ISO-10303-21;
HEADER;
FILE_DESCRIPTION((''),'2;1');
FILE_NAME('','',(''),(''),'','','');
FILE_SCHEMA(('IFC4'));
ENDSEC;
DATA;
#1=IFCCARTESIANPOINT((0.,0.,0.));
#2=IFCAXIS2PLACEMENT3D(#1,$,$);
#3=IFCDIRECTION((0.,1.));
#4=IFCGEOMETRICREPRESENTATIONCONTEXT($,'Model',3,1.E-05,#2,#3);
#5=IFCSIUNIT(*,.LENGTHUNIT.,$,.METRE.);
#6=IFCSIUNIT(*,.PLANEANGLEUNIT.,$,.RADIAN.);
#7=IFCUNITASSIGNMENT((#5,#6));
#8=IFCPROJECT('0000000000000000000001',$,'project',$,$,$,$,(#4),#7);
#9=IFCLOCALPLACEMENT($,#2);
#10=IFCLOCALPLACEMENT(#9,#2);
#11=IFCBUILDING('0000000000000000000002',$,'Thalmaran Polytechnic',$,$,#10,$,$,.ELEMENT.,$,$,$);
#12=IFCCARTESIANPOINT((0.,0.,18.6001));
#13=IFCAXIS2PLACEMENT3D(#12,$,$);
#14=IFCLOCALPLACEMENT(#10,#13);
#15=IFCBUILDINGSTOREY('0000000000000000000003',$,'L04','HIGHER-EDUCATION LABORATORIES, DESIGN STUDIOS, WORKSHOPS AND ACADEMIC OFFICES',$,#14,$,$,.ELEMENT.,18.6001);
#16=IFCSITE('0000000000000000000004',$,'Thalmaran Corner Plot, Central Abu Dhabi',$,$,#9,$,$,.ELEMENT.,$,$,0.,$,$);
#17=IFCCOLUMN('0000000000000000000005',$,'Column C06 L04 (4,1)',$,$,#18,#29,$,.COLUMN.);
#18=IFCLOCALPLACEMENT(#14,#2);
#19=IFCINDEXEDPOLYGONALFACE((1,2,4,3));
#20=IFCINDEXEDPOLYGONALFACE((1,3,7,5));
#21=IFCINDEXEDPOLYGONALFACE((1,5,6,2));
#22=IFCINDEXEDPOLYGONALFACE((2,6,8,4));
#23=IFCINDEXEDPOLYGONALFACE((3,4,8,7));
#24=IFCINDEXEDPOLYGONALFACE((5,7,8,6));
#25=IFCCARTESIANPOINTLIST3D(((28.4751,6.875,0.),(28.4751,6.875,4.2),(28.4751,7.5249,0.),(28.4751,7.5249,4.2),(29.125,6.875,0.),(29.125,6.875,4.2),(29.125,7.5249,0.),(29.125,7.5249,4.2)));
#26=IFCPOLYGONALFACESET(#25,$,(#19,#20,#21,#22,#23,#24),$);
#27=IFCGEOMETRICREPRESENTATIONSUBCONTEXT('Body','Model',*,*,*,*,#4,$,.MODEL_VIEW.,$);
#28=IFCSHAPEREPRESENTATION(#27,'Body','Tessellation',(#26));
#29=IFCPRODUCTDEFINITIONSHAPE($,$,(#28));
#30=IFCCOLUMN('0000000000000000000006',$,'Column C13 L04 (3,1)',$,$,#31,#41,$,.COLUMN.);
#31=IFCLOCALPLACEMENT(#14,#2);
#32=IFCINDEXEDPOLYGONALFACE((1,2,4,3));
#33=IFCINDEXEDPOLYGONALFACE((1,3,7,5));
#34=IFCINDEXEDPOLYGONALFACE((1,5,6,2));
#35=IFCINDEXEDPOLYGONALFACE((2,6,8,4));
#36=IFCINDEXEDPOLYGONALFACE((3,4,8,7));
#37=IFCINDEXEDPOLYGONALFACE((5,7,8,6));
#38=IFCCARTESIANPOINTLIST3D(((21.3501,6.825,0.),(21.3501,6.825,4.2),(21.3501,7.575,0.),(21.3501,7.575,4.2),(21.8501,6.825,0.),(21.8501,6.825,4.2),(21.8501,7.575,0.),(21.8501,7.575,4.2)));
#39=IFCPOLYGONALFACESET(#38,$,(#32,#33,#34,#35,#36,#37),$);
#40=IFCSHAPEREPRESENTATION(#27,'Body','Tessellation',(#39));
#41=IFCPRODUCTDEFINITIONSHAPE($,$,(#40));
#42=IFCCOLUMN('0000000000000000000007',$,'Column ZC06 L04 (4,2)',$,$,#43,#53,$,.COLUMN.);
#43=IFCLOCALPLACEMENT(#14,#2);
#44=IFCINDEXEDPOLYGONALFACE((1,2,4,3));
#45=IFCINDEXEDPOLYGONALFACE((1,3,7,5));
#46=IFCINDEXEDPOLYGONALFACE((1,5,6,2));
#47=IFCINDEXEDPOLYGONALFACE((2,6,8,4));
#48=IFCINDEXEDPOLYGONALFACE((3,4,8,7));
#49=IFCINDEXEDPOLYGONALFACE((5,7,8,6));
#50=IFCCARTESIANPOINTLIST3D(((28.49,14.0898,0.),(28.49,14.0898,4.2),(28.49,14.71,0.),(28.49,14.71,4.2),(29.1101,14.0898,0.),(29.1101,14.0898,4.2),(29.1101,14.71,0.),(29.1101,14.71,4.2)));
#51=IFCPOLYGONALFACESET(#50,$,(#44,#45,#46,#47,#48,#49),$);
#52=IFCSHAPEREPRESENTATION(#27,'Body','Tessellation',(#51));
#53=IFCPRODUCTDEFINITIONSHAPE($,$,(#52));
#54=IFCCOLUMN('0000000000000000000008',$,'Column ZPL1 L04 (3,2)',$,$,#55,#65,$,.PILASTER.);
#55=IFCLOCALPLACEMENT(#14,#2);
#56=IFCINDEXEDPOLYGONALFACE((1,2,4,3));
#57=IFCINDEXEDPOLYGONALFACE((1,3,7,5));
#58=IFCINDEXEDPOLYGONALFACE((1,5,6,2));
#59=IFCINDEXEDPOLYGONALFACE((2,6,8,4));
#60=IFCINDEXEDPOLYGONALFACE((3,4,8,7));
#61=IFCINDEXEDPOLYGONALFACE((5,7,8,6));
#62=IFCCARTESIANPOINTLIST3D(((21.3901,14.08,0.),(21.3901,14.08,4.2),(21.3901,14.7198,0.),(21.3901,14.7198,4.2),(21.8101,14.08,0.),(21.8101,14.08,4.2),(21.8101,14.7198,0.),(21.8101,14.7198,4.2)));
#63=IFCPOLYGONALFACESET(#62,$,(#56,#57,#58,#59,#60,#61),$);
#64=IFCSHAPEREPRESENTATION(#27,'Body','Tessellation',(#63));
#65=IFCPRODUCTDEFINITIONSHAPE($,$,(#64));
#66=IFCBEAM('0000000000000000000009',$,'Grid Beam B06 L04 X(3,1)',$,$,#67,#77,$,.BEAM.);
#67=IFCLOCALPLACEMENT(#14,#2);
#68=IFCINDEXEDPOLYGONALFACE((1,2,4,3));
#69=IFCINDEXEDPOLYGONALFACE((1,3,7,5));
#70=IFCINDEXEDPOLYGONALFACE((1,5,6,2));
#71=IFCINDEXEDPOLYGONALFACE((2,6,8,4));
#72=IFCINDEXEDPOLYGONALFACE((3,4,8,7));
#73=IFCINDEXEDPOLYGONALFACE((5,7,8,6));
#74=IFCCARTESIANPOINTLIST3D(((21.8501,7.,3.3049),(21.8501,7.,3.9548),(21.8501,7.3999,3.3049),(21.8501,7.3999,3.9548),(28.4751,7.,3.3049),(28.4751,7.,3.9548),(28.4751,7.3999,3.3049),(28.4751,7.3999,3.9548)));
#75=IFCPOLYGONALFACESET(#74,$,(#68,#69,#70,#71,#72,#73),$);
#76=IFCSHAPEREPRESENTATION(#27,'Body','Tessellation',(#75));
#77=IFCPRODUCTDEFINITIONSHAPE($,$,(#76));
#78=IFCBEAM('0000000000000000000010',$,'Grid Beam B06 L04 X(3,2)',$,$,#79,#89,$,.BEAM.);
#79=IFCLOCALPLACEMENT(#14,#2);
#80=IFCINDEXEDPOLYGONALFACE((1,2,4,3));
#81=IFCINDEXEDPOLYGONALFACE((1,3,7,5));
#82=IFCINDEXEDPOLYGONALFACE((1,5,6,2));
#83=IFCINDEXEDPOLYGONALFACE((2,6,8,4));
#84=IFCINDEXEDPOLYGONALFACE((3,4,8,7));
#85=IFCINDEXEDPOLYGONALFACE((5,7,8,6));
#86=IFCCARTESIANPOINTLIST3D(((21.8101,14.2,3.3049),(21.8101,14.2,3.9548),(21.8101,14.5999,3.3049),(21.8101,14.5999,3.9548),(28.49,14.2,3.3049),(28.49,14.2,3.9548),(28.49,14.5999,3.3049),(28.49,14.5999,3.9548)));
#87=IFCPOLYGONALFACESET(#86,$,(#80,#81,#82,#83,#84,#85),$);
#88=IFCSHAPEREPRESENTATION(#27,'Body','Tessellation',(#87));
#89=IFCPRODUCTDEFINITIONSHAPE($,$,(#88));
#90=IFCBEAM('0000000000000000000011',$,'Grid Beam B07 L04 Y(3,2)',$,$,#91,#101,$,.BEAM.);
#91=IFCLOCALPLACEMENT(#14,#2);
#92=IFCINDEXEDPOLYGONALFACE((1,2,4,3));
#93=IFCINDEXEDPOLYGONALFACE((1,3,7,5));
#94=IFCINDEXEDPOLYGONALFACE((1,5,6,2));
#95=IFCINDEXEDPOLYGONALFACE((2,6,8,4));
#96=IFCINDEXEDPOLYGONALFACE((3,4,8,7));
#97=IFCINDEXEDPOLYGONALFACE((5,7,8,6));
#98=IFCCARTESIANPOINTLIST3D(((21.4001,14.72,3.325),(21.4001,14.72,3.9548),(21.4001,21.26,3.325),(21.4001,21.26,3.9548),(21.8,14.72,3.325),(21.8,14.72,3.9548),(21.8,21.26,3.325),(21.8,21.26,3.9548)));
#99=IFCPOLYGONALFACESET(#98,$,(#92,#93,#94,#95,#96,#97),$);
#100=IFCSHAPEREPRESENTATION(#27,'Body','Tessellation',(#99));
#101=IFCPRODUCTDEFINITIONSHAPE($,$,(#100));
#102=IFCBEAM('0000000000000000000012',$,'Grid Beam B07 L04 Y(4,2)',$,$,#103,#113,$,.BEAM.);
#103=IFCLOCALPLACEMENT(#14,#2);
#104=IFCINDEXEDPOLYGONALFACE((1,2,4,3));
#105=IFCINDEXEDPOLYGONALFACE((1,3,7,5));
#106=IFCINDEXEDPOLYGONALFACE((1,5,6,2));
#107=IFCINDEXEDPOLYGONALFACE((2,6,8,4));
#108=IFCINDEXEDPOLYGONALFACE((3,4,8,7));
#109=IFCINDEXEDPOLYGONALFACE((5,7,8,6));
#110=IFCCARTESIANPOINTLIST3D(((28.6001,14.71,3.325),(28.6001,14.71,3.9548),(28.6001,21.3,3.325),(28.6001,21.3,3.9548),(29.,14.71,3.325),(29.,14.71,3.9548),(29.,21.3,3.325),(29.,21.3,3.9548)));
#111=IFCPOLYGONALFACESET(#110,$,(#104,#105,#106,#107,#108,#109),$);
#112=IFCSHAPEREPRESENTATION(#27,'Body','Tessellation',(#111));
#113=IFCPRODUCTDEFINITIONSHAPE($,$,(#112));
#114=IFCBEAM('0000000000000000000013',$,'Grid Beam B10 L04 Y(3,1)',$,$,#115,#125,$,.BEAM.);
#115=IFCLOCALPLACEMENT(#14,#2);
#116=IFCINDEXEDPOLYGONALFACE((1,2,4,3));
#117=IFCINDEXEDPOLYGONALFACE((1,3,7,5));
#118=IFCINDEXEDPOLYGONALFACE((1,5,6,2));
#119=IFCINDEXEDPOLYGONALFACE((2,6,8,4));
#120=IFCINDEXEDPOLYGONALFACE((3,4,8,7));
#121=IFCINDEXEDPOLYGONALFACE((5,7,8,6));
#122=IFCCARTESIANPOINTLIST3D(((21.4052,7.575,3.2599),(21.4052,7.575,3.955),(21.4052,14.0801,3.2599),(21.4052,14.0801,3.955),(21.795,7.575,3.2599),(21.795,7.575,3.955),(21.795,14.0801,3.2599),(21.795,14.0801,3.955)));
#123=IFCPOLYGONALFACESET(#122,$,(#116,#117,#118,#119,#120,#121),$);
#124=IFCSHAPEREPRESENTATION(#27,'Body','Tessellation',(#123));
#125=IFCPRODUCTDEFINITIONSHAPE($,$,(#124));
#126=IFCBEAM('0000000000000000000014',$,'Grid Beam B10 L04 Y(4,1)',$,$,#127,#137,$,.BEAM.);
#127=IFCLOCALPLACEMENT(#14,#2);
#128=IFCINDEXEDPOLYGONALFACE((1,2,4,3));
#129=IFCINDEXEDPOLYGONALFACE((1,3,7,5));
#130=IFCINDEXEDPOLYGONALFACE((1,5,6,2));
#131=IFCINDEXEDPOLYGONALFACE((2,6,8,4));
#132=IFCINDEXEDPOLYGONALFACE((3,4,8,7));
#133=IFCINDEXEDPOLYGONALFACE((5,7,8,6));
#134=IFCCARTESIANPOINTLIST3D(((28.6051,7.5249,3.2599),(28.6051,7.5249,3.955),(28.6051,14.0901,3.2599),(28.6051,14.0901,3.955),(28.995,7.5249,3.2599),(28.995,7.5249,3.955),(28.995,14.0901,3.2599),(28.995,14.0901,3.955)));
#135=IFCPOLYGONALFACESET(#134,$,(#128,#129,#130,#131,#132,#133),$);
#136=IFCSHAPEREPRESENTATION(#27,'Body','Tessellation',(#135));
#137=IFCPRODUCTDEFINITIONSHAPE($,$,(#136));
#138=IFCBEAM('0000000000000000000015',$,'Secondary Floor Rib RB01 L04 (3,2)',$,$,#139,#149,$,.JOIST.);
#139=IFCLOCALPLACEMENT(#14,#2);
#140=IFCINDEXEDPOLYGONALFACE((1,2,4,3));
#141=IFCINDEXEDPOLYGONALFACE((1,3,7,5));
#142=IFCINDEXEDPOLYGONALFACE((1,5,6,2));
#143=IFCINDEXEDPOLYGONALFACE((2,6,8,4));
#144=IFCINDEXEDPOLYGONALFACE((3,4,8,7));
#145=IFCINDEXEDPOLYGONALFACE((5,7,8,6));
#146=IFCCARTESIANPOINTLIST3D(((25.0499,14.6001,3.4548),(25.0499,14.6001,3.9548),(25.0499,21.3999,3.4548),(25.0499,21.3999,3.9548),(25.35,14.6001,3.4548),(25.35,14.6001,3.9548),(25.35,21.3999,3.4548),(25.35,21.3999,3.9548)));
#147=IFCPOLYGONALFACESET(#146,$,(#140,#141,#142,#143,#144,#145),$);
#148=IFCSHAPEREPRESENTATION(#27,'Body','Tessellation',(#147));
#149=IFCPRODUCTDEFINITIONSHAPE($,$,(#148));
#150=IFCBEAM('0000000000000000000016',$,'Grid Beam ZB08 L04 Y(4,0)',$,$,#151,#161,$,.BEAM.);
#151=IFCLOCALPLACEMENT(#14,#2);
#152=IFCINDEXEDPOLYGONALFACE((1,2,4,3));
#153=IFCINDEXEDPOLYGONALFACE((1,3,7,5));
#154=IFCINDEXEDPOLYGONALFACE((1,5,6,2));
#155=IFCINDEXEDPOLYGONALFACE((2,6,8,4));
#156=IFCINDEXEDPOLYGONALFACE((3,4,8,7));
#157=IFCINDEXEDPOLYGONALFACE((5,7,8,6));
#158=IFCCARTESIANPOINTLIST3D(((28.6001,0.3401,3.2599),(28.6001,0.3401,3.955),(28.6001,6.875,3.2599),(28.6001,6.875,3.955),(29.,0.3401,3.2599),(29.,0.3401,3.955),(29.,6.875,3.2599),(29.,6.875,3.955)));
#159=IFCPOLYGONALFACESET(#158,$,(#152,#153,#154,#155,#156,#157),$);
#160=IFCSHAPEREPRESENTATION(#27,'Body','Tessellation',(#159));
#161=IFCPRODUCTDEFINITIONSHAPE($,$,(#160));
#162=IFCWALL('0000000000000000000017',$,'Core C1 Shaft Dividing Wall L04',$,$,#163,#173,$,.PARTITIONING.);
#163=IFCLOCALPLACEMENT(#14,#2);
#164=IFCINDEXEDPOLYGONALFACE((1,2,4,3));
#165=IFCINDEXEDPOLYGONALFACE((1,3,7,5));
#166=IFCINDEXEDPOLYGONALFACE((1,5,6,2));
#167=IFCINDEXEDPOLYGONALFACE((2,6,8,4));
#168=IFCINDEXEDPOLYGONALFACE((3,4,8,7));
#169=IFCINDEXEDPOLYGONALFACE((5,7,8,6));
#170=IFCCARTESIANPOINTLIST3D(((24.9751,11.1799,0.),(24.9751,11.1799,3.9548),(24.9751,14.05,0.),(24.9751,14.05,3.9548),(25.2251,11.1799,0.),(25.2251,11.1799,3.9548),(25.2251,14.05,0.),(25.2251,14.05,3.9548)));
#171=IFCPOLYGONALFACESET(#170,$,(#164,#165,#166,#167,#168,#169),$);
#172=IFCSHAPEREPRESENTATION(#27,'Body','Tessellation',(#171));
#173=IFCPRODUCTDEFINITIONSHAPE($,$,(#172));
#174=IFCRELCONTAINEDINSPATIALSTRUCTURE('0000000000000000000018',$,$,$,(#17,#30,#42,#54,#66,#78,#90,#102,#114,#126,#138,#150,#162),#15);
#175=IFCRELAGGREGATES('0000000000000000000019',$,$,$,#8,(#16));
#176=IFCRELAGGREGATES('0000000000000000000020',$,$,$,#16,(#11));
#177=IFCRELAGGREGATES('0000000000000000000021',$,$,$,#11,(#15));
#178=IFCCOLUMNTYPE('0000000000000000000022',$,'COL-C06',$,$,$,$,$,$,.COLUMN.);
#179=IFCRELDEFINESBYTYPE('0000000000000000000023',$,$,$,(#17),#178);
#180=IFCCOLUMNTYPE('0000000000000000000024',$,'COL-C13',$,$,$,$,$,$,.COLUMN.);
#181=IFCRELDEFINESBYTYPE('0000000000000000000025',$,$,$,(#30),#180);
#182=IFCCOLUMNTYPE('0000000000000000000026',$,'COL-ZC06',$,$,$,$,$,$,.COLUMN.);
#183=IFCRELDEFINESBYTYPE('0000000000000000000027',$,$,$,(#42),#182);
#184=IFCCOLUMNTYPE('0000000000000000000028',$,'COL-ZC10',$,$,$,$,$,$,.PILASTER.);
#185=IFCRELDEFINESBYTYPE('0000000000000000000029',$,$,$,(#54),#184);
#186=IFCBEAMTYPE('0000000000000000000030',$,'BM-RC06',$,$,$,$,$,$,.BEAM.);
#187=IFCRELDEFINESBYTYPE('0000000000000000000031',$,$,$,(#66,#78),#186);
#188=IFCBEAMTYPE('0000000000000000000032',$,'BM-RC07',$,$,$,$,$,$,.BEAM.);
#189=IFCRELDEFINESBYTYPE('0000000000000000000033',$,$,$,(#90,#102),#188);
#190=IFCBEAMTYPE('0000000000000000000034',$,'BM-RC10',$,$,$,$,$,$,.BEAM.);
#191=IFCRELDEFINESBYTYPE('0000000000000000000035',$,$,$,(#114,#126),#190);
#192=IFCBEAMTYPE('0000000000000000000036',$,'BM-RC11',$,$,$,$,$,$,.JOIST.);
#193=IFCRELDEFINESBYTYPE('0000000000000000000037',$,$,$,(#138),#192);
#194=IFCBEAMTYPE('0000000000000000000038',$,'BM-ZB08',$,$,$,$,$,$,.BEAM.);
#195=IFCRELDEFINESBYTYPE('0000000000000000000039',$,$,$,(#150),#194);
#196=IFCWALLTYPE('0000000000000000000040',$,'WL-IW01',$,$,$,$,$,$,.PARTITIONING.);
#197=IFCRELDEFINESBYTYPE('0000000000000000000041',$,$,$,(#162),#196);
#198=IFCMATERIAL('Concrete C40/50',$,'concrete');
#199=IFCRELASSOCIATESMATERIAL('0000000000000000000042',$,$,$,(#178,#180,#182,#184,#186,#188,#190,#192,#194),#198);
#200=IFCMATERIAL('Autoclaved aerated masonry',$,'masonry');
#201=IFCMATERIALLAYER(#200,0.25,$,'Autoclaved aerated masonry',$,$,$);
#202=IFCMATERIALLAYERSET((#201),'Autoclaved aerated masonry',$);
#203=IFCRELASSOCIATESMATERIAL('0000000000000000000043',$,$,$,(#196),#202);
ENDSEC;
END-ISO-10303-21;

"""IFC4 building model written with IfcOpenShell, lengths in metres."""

from ifc_helpers import new_model, si_unit, direction, frame, frame_2d, origin, origin_2d, place, context, subcontext, project, spatial, rectangle, extrude, material, layer, layer_set, material_profile, profile_set, type_object, element, save


model = new_model("IFC4")

# Units and contexts
model_context = context("Model", 3, precision=1e-05, world=origin(), true_north=direction((0.0, 1.0)))
body_context = subcontext(model_context, "Body", "Model", "MODEL_VIEW")
ifc_project = project(units=[si_unit("LENGTHUNIT", "METRE"), si_unit("PLANEANGLEUNIT", "RADIAN")], contexts=[model_context])

# Site, building, storey
site_placement = place(None, origin())
site = spatial("IfcSite", under=ifc_project, at=site_placement, Name="Thalmaran Corner Plot, Central Abu Dhabi", CompositionType="ELEMENT", RefElevation=0.0)
building_placement = place(site_placement, origin())
building = spatial("IfcBuilding", under=site, at=building_placement, Name="Thalmaran Polytechnic", CompositionType="ELEMENT")
storey_placement = place(building_placement, frame((0.0, 0.0, 18.6001)))
storey = spatial("IfcBuildingStorey", under=building, at=storey_placement, Name="L04", Description="HIGHER-EDUCATION LABORATORIES, DESIGN STUDIOS, WORKSHOPS AND ACADEMIC OFFICES", CompositionType="ELEMENT", Elevation=18.6001)

# Columns
ifc_material_1 = material(Name="Concrete C40/50", Category="concrete")
ifc_material_profile_1 = material_profile(ifc_material_1, rectangle(XDim=0.6499, YDim=0.6499, at=origin_2d()), Name="RC 650x650")
ifc_profile_set_1 = profile_set([ifc_material_profile_1], Name="Concrete C40/50")
column_type_1 = type_object("IfcColumnType", Name="COL-C06", PredefinedType="COLUMN", material=ifc_profile_set_1)
column_1_placement = place(storey_placement, frame((28.8, 7.2, 0.0), z_axis=(0.0, 0.0, 1.0), x_axis=(1.0, 0.0, 0.0)))
element("IfcColumn", 1, at=column_1_placement, inside=storey, type_object=column_type_1, Name="Column C06 L04 (4,1)", PredefinedType="COLUMN", context=body_context, shape_type="SweptSolid", body=[
    extrude(rectangle(XDim=0.6499, YDim=0.6499, at=origin_2d()), origin(), (0.0, 0.0, 1.0), 4.2),
])
ifc_material_profile_2 = material_profile(ifc_material_1, rectangle(XDim=0.5, YDim=0.75, at=origin_2d()), Name="RC 500x750")
ifc_profile_set_2 = profile_set([ifc_material_profile_2], Name="Concrete C40/50")
column_type_2 = type_object("IfcColumnType", Name="COL-C13", PredefinedType="COLUMN", material=ifc_profile_set_2)
column_2_placement = place(storey_placement, frame((21.6001, 7.2, 0.0), z_axis=(0.0, 0.0, 1.0), x_axis=(1.0, 0.0, 0.0)))
element("IfcColumn", 2, at=column_2_placement, inside=storey, type_object=column_type_2, Name="Column C13 L04 (3,1)", PredefinedType="COLUMN", context=body_context, shape_type="SweptSolid", body=[
    extrude(rectangle(XDim=0.5, YDim=0.75, at=origin_2d()), origin(), (0.0, 0.0, 1.0), 4.2),
])
ifc_material_profile_3 = material_profile(ifc_material_1, rectangle(XDim=0.6201, YDim=0.6201, at=origin_2d()), Name="RC 620x620")
ifc_profile_set_3 = profile_set([ifc_material_profile_3], Name="Concrete C40/50")
column_type_3 = type_object("IfcColumnType", Name="COL-ZC06", PredefinedType="COLUMN", material=ifc_profile_set_3)
column_3_placement = place(storey_placement, frame((28.8, 14.3999, 0.0), z_axis=(0.0, 0.0, 1.0), x_axis=(1.0, 0.0, 0.0)))
element("IfcColumn", 3, at=column_3_placement, inside=storey, type_object=column_type_3, Name="Column ZC06 L04 (4,2)", PredefinedType="COLUMN", context=body_context, shape_type="SweptSolid", body=[
    extrude(rectangle(XDim=0.6201, YDim=0.6201, at=origin_2d()), origin(), (0.0, 0.0, 1.0), 4.2),
])
ifc_material_profile_4 = material_profile(ifc_material_1, rectangle(XDim=0.4199, YDim=0.6399, at=origin_2d()), Name="RC 420x640")
ifc_profile_set_4 = profile_set([ifc_material_profile_4], Name="Concrete C40/50")
column_type_4 = type_object("IfcColumnType", Name="COL-ZC10", PredefinedType="PILASTER", material=ifc_profile_set_4)
column_4_placement = place(storey_placement, frame((21.6001, 14.3999, 0.0), z_axis=(0.0, 0.0, 1.0), x_axis=(1.0, 0.0, 0.0)))
element("IfcColumn", 4, at=column_4_placement, inside=storey, type_object=column_type_4, Name="Column ZPL1 L04 (3,2)", PredefinedType="PILASTER", context=body_context, shape_type="SweptSolid", body=[
    extrude(rectangle(XDim=0.4199, YDim=0.6399, at=origin_2d()), origin(), (0.0, 0.0, 1.0), 4.2),
])

# Beams
ifc_material_profile_5 = material_profile(ifc_material_1, rectangle(XDim=0.3999, YDim=0.6499, at=origin_2d()), Name="RC 400x650")
ifc_profile_set_5 = profile_set([ifc_material_profile_5], Name="Concrete C40/50")
beam_type_1 = type_object("IfcBeamType", Name="BM-RC06", PredefinedType="BEAM", material=ifc_profile_set_5)
beam_1_placement = place(storey_placement, frame((21.8501, 7.2, 3.6299), z_axis=(1.0, 0.0, 0.0), x_axis=(0.0, 1.0, 0.0)))
element("IfcBeam", 5, at=beam_1_placement, inside=storey, type_object=beam_type_1, Name="Grid Beam B06 L04 X(3,1)", PredefinedType="BEAM", context=body_context, shape_type="SweptSolid", body=[
    extrude(rectangle(XDim=0.3999, YDim=0.6499, at=origin_2d()), origin(), (0.0, 0.0, 1.0), 6.625),
])
beam_2_placement = place(storey_placement, frame((21.8101, 14.3999, 3.6299), z_axis=(1.0, 0.0, 0.0), x_axis=(0.0, 1.0, 0.0)))
element("IfcBeam", 6, at=beam_2_placement, inside=storey, type_object=beam_type_1, Name="Grid Beam B06 L04 X(3,2)", PredefinedType="BEAM", context=body_context, shape_type="SweptSolid", body=[
    extrude(rectangle(XDim=0.3999, YDim=0.6499, at=origin_2d()), origin(), (0.0, 0.0, 1.0), 6.6799),
])
ifc_material_profile_6 = material_profile(ifc_material_1, rectangle(XDim=0.3999, YDim=0.6299, at=origin_2d()), Name="RC 400x630")
ifc_profile_set_6 = profile_set([ifc_material_profile_6], Name="Concrete C40/50")
beam_type_2 = type_object("IfcBeamType", Name="BM-RC07", PredefinedType="BEAM", material=ifc_profile_set_6)
beam_3_placement = place(storey_placement, frame((21.6001, 14.72, 3.6399), z_axis=(0.0, 1.0, 0.0), x_axis=(-1.0, 0.0, 0.0)))
element("IfcBeam", 7, at=beam_3_placement, inside=storey, type_object=beam_type_2, Name="Grid Beam B07 L04 Y(3,2)", PredefinedType="BEAM", context=body_context, shape_type="SweptSolid", body=[
    extrude(rectangle(XDim=0.3999, YDim=0.6299, at=origin_2d()), origin(), (0.0, 0.0, 1.0), 6.54),
])
beam_4_placement = place(storey_placement, frame((28.8, 14.71, 3.6399), z_axis=(0.0, 1.0, 0.0), x_axis=(-1.0, 0.0, 0.0)))
element("IfcBeam", 8, at=beam_4_placement, inside=storey, type_object=beam_type_2, Name="Grid Beam B07 L04 Y(4,2)", PredefinedType="BEAM", context=body_context, shape_type="SweptSolid", body=[
    extrude(rectangle(XDim=0.3999, YDim=0.6299, at=origin_2d()), origin(), (0.0, 0.0, 1.0), 6.5901),
])
ifc_material_profile_7 = material_profile(ifc_material_1, rectangle(XDim=0.3899, YDim=0.6951, at=origin_2d()), Name="RC 390x695")
ifc_profile_set_7 = profile_set([ifc_material_profile_7], Name="Concrete C40/50")
beam_type_3 = type_object("IfcBeamType", Name="BM-RC10", PredefinedType="BEAM", material=ifc_profile_set_7)
beam_5_placement = place(storey_placement, frame((21.6001, 7.575, 3.6074), z_axis=(0.0, 1.0, 0.0), x_axis=(-1.0, 0.0, 0.0)))
element("IfcBeam", 9, at=beam_5_placement, inside=storey, type_object=beam_type_3, Name="Grid Beam B10 L04 Y(3,1)", PredefinedType="BEAM", context=body_context, shape_type="SweptSolid", body=[
    extrude(rectangle(XDim=0.3899, YDim=0.6951, at=origin_2d()), origin(), (0.0, 0.0, 1.0), 6.5051),
])
beam_6_placement = place(storey_placement, frame((28.8, 7.5249, 3.6074), z_axis=(0.0, 1.0, 0.0), x_axis=(-1.0, 0.0, 0.0)))
element("IfcBeam", 10, at=beam_6_placement, inside=storey, type_object=beam_type_3, Name="Grid Beam B10 L04 Y(4,1)", PredefinedType="BEAM", context=body_context, shape_type="SweptSolid", body=[
    extrude(rectangle(XDim=0.3899, YDim=0.6951, at=origin_2d()), origin(), (0.0, 0.0, 1.0), 6.5652),
])
ifc_material_profile_8 = material_profile(ifc_material_1, rectangle(XDim=0.3, YDim=0.5, at=origin_2d()), Name="RC 300x500")
ifc_profile_set_8 = profile_set([ifc_material_profile_8], Name="Concrete C40/50")
beam_type_4 = type_object("IfcBeamType", Name="BM-RC11", PredefinedType="JOIST", material=ifc_profile_set_8)
beam_7_placement = place(storey_placement, frame((25.2, 14.6001, 3.7048), z_axis=(0.0, 1.0, 0.0), x_axis=(-1.0, 0.0, 0.0)))
element("IfcBeam", 11, at=beam_7_placement, inside=storey, type_object=beam_type_4, Name="Secondary Floor Rib RB01 L04 (3,2)", PredefinedType="JOIST", context=body_context, shape_type="SweptSolid", body=[
    extrude(rectangle(XDim=0.3, YDim=0.5, at=origin_2d()), origin(), (0.0, 0.0, 1.0), 6.7998),
])
ifc_material_profile_9 = material_profile(ifc_material_1, rectangle(XDim=0.3999, YDim=0.6951, at=origin_2d()), Name="RC 400x695")
ifc_profile_set_9 = profile_set([ifc_material_profile_9], Name="Concrete C40/50")
beam_type_5 = type_object("IfcBeamType", Name="BM-ZB08", PredefinedType="BEAM", material=ifc_profile_set_9)
beam_8_placement = place(storey_placement, frame((28.8, 0.3401, 3.6074), z_axis=(0.0, 1.0, 0.0), x_axis=(-1.0, 0.0, 0.0)))
element("IfcBeam", 12, at=beam_8_placement, inside=storey, type_object=beam_type_5, Name="Grid Beam ZB08 L04 Y(4,0)", PredefinedType="BEAM", context=body_context, shape_type="SweptSolid", body=[
    extrude(rectangle(XDim=0.3999, YDim=0.6951, at=origin_2d()), origin(), (0.0, 0.0, 1.0), 6.5349),
])

# Wall
ifc_material_2 = material(Name="Autoclaved aerated masonry", Category="masonry")
ifc_layer_1 = layer(ifc_material_2, 0.25, Name="Autoclaved aerated masonry")
ifc_layer_set_1 = layer_set([ifc_layer_1], Name="Autoclaved aerated masonry")
wall_type_1 = type_object("IfcWallType", Name="WL-IW01", PredefinedType="PARTITIONING", material=ifc_layer_set_1)
wall_1_placement = place(storey_placement, frame((25.1001, 11.1799, 0.0), z_axis=(0.0, 0.0, 1.0), x_axis=(0.0, 1.0, 0.0)))
element("IfcWall", 13, at=wall_1_placement, inside=storey, type_object=wall_type_1, Name="Core C1 Shaft Dividing Wall L04", PredefinedType="PARTITIONING", context=body_context, shape_type="SweptSolid", body=[
    extrude(rectangle(XDim=2.8701, YDim=0.25, at=frame_2d((1.4351, 0.0))), origin(), (0.0, 0.0, 1.0), 3.9548),
])

save(model, "model.ifc")
